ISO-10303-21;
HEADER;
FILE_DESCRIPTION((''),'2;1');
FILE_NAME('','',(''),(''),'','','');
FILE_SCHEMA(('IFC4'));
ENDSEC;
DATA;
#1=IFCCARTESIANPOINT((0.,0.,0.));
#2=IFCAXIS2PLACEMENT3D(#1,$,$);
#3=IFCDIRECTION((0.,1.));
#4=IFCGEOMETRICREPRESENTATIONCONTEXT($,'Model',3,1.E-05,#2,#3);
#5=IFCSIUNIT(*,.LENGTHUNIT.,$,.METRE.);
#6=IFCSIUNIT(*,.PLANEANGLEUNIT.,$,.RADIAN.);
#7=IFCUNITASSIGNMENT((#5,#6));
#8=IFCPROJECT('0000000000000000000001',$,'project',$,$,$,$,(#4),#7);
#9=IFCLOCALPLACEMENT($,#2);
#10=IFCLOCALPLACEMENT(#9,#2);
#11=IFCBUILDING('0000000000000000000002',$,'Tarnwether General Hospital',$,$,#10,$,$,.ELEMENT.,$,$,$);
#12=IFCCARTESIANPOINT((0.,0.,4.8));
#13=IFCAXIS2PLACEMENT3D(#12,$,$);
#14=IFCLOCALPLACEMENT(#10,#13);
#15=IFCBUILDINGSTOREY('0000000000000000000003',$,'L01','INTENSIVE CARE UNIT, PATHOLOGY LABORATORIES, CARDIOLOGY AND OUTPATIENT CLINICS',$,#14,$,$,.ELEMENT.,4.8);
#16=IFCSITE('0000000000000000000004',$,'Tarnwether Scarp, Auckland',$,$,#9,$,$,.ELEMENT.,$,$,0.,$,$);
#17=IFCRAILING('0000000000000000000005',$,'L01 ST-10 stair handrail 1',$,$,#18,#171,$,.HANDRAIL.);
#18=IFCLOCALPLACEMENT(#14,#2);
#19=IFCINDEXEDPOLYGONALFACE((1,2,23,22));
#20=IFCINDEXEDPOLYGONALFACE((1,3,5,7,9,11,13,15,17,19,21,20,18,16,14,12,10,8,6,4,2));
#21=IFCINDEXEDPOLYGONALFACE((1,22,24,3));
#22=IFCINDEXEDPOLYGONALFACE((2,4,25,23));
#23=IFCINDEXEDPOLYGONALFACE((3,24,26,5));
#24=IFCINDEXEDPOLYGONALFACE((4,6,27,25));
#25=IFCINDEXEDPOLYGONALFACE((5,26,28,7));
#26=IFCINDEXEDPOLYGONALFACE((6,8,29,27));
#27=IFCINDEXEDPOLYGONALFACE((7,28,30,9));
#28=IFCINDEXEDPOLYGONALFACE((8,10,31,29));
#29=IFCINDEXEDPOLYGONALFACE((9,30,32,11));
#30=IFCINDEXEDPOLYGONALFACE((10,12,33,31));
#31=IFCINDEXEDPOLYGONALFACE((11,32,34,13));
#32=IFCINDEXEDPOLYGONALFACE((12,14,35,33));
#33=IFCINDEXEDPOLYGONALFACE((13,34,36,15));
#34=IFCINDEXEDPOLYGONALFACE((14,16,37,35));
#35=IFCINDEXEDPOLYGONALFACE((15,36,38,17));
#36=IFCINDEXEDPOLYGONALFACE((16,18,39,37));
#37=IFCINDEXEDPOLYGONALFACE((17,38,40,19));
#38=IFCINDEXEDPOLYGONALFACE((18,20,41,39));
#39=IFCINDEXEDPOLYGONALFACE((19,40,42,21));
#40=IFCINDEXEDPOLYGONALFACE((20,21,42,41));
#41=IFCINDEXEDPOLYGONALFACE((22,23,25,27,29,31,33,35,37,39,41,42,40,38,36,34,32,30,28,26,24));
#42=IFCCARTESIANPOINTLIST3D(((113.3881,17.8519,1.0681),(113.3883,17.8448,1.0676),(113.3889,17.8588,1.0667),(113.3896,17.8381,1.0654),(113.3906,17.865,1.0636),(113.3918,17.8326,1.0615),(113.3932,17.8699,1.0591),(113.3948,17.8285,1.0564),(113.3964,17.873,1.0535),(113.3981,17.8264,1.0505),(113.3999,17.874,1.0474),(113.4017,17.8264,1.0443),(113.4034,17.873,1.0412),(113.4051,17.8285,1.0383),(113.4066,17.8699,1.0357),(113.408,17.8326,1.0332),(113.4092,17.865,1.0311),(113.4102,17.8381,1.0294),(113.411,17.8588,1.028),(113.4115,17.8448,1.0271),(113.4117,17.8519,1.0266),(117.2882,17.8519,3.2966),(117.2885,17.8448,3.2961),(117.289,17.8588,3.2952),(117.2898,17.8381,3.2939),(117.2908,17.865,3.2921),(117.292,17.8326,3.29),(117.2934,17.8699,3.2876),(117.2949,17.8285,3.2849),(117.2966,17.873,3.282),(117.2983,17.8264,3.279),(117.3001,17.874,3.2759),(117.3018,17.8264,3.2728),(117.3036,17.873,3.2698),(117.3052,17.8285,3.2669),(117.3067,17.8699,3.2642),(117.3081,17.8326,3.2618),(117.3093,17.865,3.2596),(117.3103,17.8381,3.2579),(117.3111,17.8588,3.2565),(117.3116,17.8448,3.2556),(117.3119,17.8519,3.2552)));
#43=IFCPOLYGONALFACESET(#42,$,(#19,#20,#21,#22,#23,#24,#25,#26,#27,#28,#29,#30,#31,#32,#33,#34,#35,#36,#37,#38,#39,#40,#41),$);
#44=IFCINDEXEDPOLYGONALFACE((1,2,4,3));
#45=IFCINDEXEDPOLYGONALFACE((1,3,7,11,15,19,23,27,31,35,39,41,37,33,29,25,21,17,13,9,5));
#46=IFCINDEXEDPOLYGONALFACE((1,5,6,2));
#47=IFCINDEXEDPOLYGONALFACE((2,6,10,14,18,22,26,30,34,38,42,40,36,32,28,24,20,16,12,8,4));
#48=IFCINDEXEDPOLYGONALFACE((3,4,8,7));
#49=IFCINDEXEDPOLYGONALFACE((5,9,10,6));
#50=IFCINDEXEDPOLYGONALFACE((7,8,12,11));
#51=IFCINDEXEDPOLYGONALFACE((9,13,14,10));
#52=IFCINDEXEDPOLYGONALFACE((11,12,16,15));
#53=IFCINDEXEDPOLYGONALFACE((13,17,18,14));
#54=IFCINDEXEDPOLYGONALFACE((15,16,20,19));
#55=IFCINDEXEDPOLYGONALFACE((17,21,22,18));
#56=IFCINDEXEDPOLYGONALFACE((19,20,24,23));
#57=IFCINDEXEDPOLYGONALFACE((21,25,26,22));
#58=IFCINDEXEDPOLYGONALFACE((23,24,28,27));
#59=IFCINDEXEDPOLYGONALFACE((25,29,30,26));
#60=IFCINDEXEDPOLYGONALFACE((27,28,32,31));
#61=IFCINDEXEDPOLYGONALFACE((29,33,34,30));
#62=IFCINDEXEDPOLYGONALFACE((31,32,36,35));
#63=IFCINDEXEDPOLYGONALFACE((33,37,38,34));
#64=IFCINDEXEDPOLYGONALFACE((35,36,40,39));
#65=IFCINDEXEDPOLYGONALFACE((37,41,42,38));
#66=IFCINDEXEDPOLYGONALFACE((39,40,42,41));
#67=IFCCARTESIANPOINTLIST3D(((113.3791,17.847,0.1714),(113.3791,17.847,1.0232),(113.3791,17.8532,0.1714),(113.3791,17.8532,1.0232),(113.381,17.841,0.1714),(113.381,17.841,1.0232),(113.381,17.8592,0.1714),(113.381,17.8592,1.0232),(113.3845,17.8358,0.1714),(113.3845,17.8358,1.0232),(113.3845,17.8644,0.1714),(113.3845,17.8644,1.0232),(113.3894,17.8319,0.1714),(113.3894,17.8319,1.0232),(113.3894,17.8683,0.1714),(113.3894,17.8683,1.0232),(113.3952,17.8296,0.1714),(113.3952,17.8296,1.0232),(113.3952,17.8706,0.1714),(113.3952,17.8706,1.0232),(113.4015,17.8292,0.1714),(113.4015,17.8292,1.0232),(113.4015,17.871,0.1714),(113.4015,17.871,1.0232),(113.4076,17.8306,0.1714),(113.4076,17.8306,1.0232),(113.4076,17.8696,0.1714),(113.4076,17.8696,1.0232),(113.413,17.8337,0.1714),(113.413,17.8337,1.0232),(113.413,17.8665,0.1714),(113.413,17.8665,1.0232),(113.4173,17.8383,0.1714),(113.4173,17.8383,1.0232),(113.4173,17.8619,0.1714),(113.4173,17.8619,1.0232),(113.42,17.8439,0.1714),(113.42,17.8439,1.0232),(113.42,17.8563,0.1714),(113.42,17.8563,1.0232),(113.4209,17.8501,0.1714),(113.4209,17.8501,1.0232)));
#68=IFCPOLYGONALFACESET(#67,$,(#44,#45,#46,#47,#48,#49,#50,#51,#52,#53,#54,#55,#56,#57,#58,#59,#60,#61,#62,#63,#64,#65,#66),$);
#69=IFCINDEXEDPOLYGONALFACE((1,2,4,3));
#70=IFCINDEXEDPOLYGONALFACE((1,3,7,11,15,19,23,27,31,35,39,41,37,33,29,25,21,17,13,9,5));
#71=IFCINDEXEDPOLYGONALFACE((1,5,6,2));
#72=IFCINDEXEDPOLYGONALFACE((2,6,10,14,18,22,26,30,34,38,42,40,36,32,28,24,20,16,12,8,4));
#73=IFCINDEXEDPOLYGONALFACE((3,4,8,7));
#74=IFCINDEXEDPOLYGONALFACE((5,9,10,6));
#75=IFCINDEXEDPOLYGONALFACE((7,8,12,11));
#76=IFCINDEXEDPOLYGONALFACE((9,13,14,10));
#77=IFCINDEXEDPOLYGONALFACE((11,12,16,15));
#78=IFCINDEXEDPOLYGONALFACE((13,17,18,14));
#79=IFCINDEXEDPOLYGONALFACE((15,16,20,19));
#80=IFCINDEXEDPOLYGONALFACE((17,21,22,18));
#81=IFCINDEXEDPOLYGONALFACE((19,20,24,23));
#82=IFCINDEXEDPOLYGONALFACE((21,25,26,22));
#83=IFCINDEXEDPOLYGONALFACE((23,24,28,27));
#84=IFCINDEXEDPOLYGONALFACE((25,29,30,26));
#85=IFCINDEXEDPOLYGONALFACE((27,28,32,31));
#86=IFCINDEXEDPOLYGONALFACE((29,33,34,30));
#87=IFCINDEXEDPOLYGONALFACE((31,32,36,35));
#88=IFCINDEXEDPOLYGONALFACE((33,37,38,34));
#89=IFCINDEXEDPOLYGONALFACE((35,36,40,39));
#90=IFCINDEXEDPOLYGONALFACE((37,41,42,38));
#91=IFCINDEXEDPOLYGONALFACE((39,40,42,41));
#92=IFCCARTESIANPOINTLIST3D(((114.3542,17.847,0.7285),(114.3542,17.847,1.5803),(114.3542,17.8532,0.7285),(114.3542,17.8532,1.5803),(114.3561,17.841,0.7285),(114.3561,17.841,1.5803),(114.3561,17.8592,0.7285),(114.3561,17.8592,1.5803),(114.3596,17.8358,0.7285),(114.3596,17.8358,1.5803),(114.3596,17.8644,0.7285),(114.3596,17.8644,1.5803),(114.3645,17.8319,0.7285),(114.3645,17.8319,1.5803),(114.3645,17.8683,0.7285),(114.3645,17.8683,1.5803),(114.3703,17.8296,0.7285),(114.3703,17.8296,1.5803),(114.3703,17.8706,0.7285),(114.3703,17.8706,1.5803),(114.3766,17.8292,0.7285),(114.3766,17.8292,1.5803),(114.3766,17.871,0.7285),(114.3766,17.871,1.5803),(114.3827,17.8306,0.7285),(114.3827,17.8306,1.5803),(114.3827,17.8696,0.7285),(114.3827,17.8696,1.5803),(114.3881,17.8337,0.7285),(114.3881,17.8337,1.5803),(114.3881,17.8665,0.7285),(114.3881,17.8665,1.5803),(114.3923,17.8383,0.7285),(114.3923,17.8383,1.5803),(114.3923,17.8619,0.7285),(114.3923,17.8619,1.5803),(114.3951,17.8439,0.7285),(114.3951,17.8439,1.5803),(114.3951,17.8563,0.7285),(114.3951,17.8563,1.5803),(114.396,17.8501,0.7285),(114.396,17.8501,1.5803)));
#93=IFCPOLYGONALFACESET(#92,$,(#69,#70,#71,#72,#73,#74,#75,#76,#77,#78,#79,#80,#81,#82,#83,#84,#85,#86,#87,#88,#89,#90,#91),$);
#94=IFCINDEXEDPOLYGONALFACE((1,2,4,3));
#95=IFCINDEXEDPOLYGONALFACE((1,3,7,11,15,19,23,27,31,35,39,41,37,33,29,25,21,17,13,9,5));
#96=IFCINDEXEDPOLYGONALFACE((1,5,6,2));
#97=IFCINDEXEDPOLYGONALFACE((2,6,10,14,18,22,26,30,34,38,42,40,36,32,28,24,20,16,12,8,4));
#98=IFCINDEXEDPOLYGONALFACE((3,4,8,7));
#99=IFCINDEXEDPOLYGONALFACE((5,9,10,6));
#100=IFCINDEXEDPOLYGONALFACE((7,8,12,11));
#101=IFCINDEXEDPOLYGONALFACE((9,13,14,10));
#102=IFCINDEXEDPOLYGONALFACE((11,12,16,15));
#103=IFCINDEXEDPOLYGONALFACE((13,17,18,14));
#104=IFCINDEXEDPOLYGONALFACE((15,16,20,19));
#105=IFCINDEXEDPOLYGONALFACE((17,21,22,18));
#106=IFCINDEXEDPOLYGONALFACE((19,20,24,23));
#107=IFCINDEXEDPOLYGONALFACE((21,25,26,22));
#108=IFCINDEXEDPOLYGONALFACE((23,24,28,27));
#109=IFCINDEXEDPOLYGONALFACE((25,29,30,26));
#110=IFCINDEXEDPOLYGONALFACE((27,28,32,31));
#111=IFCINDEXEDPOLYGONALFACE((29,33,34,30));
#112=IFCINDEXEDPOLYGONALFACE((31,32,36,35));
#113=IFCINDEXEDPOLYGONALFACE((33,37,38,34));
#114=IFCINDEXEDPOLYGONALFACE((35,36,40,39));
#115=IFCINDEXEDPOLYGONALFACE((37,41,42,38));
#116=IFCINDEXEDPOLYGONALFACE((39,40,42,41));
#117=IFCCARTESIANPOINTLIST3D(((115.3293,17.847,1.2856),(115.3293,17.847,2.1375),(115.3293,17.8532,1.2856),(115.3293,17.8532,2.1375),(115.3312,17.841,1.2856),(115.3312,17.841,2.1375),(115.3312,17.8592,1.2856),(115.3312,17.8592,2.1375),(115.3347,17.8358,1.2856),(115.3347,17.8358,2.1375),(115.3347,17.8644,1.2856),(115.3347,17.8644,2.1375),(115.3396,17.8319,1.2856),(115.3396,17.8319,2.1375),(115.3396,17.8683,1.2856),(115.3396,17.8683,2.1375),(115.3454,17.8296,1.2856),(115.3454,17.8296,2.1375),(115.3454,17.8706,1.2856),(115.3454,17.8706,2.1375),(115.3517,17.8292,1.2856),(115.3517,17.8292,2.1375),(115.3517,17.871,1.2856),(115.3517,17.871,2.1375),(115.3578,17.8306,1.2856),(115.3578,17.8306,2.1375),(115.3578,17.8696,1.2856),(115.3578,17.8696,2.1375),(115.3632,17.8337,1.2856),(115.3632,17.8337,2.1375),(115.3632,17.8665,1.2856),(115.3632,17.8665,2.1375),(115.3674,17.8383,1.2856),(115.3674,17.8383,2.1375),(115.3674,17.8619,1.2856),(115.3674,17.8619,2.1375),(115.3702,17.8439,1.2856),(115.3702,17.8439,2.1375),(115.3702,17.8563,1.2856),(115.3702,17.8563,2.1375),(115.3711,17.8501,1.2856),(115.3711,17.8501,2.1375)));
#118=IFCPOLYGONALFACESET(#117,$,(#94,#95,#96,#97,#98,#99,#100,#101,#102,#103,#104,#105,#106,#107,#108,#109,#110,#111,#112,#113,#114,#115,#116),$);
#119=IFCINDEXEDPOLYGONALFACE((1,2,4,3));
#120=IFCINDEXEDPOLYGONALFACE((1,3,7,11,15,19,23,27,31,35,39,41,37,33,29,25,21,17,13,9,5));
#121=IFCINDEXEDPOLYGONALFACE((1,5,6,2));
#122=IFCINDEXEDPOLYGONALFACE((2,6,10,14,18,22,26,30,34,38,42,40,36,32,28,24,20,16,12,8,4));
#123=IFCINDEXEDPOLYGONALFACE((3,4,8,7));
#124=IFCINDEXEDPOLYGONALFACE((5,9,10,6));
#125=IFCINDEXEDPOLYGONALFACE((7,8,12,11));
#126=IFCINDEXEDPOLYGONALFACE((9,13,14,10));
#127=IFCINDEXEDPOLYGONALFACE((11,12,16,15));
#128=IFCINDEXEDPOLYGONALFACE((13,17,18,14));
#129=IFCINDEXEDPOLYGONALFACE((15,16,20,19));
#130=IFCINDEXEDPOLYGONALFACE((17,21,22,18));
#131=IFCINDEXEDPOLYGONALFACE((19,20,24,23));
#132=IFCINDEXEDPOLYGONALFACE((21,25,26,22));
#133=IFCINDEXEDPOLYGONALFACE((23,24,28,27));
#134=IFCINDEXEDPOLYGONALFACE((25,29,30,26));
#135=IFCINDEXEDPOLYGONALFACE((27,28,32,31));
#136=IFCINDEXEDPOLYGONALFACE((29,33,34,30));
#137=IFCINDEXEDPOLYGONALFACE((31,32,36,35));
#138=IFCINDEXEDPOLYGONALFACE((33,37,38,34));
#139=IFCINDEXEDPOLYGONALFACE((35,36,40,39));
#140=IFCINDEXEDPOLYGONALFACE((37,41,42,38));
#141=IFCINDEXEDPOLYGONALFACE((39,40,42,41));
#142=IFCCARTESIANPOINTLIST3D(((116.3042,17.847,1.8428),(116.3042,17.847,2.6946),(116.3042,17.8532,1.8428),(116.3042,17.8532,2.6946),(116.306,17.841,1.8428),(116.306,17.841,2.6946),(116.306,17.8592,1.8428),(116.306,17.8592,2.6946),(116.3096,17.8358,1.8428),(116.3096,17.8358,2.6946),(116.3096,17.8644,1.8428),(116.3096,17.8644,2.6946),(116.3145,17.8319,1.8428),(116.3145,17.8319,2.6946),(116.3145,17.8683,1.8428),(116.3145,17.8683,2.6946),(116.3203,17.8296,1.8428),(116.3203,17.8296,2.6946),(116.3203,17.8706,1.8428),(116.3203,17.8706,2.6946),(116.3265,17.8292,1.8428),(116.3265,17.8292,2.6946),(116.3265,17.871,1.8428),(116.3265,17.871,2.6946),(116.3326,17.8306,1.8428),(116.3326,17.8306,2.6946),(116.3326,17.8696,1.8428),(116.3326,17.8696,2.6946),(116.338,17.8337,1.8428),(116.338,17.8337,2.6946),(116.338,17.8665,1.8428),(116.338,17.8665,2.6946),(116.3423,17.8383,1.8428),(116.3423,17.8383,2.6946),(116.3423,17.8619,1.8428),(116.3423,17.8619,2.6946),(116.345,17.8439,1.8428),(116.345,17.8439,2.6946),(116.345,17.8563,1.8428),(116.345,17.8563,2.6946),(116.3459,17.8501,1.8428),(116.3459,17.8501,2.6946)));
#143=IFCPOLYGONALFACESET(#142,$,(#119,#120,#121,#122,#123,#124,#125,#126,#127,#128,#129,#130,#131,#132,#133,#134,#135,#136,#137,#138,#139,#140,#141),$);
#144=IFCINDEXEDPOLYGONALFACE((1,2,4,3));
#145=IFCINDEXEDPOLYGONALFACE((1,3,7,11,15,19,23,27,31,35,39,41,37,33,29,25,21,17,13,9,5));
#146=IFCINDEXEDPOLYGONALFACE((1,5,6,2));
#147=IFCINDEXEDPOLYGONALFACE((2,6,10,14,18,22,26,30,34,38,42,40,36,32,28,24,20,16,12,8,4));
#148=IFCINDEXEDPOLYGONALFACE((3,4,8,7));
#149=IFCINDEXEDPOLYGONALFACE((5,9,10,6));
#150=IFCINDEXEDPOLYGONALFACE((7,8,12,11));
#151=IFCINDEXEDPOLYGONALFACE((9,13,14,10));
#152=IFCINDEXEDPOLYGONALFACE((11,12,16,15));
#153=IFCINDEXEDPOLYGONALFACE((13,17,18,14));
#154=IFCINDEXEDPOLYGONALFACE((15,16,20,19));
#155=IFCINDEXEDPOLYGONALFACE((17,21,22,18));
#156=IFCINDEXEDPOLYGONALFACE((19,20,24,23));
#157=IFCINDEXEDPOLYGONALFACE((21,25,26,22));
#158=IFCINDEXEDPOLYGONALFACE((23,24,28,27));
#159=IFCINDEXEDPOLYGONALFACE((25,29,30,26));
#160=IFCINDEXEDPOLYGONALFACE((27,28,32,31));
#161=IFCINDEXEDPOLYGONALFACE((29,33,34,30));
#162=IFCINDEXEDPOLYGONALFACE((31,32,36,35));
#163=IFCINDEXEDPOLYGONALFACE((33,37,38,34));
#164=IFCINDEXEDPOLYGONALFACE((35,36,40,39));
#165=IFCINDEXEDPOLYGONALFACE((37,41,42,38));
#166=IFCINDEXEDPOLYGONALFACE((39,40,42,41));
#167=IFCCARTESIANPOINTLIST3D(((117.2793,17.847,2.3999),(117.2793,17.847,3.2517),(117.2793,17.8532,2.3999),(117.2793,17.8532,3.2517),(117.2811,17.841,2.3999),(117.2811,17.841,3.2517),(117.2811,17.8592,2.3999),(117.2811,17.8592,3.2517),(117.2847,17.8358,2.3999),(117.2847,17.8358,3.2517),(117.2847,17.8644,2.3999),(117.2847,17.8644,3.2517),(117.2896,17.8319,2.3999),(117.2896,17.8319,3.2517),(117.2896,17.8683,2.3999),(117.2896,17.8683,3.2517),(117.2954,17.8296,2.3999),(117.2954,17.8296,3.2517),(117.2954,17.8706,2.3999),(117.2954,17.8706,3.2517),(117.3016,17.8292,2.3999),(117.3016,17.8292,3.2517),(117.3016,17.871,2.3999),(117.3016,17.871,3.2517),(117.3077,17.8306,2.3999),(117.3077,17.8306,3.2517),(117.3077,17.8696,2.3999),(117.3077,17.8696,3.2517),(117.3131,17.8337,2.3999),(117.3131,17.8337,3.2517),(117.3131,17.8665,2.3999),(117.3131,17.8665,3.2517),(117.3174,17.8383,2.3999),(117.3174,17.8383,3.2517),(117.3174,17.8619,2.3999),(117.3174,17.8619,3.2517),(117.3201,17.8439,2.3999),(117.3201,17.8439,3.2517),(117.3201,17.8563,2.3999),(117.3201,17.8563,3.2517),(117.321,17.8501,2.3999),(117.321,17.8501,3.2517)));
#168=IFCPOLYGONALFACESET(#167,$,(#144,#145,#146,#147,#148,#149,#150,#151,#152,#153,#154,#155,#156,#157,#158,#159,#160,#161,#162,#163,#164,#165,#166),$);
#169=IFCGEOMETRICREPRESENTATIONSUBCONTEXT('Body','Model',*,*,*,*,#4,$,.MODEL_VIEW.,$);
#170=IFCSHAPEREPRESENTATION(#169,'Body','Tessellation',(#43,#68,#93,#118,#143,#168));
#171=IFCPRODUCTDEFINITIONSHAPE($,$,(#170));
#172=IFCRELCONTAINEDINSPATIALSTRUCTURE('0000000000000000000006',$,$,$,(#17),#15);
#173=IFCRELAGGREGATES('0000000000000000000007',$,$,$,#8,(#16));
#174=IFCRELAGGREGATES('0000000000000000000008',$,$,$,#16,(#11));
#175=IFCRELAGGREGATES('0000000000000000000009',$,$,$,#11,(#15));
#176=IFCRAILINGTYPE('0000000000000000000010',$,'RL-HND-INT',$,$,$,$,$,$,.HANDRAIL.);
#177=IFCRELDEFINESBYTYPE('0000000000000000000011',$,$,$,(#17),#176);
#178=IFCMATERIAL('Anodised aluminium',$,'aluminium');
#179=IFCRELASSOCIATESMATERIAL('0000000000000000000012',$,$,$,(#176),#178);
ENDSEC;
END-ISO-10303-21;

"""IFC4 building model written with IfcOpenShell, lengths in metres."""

from ifc_helpers import new_model, si_unit, direction, frame, origin, origin_2d, place, context, subcontext, project, spatial, circle, extrude, material, type_object, element, save


model = new_model("IFC4")

# Units and contexts
model_context = context("Model", 3, precision=1e-05, world=origin(), true_north=direction((0.0, 1.0)))
body_context = subcontext(model_context, "Body", "Model", "MODEL_VIEW")
ifc_project = project(units=[si_unit("LENGTHUNIT", "METRE"), si_unit("PLANEANGLEUNIT", "RADIAN")], contexts=[model_context])

# Site, building, storey
site_placement = place(None, origin())
site = spatial("IfcSite", under=ifc_project, at=site_placement, Name="Tarnwether Scarp, Auckland", CompositionType="ELEMENT", RefElevation=0.0)
building_placement = place(site_placement, origin())
building = spatial("IfcBuilding", under=site, at=building_placement, Name="Tarnwether General Hospital", CompositionType="ELEMENT")
storey_placement = place(building_placement, frame((0.0, 0.0, 4.8)))
storey = spatial("IfcBuildingStorey", under=building, at=storey_placement, Name="L01", Description="INTENSIVE CARE UNIT, PATHOLOGY LABORATORIES, CARDIOLOGY AND OUTPATIENT CLINICS", CompositionType="ELEMENT", Elevation=4.8)

# Railing
ifc_material_1 = material(Name="Anodised aluminium", Category="aluminium")
railing_type_1 = type_object("IfcRailingType", Name="RL-HND-INT", PredefinedType="HANDRAIL", material=ifc_material_1)
railing_1_placement = place(storey_placement, frame((113.3999, 17.8501, 0.1714)))
element("IfcRailing", 1, at=railing_1_placement, inside=storey, type_object=railing_type_1, Name="L01 ST-10 stair handrail 1", PredefinedType="HANDRAIL", context=body_context, shape_type="SweptSolid", body=[
    extrude(circle(Radius=0.0239, at=origin_2d()), frame((0.0, 0.0, 0.876), z_axis=(0.868257, 0.0, 0.496116), x_axis=(0.0, 1.0, 0.0)), (0.0, 0.0, 1.0), 4.4919),
    extrude(circle(Radius=0.021, at=origin_2d()), origin(), (0.0, 0.0, 1.0), 0.8518),
    extrude(circle(Radius=0.021, at=origin_2d()), frame((0.9751, 0.0, 0.5571)), (0.0, 0.0, 1.0), 0.8518),
    extrude(circle(Radius=0.021, at=origin_2d()), frame((1.9502, 0.0, 1.1143)), (0.0, 0.0, 1.0), 0.8518),
    extrude(circle(Radius=0.021, at=origin_2d()), frame((2.925, 0.0, 1.6714)), (0.0, 0.0, 1.0), 0.8518),
    extrude(circle(Radius=0.021, at=origin_2d()), frame((3.9001, 0.0, 2.2285)), (0.0, 0.0, 1.0), 0.8518),
])

save(model, "model.ifc")
